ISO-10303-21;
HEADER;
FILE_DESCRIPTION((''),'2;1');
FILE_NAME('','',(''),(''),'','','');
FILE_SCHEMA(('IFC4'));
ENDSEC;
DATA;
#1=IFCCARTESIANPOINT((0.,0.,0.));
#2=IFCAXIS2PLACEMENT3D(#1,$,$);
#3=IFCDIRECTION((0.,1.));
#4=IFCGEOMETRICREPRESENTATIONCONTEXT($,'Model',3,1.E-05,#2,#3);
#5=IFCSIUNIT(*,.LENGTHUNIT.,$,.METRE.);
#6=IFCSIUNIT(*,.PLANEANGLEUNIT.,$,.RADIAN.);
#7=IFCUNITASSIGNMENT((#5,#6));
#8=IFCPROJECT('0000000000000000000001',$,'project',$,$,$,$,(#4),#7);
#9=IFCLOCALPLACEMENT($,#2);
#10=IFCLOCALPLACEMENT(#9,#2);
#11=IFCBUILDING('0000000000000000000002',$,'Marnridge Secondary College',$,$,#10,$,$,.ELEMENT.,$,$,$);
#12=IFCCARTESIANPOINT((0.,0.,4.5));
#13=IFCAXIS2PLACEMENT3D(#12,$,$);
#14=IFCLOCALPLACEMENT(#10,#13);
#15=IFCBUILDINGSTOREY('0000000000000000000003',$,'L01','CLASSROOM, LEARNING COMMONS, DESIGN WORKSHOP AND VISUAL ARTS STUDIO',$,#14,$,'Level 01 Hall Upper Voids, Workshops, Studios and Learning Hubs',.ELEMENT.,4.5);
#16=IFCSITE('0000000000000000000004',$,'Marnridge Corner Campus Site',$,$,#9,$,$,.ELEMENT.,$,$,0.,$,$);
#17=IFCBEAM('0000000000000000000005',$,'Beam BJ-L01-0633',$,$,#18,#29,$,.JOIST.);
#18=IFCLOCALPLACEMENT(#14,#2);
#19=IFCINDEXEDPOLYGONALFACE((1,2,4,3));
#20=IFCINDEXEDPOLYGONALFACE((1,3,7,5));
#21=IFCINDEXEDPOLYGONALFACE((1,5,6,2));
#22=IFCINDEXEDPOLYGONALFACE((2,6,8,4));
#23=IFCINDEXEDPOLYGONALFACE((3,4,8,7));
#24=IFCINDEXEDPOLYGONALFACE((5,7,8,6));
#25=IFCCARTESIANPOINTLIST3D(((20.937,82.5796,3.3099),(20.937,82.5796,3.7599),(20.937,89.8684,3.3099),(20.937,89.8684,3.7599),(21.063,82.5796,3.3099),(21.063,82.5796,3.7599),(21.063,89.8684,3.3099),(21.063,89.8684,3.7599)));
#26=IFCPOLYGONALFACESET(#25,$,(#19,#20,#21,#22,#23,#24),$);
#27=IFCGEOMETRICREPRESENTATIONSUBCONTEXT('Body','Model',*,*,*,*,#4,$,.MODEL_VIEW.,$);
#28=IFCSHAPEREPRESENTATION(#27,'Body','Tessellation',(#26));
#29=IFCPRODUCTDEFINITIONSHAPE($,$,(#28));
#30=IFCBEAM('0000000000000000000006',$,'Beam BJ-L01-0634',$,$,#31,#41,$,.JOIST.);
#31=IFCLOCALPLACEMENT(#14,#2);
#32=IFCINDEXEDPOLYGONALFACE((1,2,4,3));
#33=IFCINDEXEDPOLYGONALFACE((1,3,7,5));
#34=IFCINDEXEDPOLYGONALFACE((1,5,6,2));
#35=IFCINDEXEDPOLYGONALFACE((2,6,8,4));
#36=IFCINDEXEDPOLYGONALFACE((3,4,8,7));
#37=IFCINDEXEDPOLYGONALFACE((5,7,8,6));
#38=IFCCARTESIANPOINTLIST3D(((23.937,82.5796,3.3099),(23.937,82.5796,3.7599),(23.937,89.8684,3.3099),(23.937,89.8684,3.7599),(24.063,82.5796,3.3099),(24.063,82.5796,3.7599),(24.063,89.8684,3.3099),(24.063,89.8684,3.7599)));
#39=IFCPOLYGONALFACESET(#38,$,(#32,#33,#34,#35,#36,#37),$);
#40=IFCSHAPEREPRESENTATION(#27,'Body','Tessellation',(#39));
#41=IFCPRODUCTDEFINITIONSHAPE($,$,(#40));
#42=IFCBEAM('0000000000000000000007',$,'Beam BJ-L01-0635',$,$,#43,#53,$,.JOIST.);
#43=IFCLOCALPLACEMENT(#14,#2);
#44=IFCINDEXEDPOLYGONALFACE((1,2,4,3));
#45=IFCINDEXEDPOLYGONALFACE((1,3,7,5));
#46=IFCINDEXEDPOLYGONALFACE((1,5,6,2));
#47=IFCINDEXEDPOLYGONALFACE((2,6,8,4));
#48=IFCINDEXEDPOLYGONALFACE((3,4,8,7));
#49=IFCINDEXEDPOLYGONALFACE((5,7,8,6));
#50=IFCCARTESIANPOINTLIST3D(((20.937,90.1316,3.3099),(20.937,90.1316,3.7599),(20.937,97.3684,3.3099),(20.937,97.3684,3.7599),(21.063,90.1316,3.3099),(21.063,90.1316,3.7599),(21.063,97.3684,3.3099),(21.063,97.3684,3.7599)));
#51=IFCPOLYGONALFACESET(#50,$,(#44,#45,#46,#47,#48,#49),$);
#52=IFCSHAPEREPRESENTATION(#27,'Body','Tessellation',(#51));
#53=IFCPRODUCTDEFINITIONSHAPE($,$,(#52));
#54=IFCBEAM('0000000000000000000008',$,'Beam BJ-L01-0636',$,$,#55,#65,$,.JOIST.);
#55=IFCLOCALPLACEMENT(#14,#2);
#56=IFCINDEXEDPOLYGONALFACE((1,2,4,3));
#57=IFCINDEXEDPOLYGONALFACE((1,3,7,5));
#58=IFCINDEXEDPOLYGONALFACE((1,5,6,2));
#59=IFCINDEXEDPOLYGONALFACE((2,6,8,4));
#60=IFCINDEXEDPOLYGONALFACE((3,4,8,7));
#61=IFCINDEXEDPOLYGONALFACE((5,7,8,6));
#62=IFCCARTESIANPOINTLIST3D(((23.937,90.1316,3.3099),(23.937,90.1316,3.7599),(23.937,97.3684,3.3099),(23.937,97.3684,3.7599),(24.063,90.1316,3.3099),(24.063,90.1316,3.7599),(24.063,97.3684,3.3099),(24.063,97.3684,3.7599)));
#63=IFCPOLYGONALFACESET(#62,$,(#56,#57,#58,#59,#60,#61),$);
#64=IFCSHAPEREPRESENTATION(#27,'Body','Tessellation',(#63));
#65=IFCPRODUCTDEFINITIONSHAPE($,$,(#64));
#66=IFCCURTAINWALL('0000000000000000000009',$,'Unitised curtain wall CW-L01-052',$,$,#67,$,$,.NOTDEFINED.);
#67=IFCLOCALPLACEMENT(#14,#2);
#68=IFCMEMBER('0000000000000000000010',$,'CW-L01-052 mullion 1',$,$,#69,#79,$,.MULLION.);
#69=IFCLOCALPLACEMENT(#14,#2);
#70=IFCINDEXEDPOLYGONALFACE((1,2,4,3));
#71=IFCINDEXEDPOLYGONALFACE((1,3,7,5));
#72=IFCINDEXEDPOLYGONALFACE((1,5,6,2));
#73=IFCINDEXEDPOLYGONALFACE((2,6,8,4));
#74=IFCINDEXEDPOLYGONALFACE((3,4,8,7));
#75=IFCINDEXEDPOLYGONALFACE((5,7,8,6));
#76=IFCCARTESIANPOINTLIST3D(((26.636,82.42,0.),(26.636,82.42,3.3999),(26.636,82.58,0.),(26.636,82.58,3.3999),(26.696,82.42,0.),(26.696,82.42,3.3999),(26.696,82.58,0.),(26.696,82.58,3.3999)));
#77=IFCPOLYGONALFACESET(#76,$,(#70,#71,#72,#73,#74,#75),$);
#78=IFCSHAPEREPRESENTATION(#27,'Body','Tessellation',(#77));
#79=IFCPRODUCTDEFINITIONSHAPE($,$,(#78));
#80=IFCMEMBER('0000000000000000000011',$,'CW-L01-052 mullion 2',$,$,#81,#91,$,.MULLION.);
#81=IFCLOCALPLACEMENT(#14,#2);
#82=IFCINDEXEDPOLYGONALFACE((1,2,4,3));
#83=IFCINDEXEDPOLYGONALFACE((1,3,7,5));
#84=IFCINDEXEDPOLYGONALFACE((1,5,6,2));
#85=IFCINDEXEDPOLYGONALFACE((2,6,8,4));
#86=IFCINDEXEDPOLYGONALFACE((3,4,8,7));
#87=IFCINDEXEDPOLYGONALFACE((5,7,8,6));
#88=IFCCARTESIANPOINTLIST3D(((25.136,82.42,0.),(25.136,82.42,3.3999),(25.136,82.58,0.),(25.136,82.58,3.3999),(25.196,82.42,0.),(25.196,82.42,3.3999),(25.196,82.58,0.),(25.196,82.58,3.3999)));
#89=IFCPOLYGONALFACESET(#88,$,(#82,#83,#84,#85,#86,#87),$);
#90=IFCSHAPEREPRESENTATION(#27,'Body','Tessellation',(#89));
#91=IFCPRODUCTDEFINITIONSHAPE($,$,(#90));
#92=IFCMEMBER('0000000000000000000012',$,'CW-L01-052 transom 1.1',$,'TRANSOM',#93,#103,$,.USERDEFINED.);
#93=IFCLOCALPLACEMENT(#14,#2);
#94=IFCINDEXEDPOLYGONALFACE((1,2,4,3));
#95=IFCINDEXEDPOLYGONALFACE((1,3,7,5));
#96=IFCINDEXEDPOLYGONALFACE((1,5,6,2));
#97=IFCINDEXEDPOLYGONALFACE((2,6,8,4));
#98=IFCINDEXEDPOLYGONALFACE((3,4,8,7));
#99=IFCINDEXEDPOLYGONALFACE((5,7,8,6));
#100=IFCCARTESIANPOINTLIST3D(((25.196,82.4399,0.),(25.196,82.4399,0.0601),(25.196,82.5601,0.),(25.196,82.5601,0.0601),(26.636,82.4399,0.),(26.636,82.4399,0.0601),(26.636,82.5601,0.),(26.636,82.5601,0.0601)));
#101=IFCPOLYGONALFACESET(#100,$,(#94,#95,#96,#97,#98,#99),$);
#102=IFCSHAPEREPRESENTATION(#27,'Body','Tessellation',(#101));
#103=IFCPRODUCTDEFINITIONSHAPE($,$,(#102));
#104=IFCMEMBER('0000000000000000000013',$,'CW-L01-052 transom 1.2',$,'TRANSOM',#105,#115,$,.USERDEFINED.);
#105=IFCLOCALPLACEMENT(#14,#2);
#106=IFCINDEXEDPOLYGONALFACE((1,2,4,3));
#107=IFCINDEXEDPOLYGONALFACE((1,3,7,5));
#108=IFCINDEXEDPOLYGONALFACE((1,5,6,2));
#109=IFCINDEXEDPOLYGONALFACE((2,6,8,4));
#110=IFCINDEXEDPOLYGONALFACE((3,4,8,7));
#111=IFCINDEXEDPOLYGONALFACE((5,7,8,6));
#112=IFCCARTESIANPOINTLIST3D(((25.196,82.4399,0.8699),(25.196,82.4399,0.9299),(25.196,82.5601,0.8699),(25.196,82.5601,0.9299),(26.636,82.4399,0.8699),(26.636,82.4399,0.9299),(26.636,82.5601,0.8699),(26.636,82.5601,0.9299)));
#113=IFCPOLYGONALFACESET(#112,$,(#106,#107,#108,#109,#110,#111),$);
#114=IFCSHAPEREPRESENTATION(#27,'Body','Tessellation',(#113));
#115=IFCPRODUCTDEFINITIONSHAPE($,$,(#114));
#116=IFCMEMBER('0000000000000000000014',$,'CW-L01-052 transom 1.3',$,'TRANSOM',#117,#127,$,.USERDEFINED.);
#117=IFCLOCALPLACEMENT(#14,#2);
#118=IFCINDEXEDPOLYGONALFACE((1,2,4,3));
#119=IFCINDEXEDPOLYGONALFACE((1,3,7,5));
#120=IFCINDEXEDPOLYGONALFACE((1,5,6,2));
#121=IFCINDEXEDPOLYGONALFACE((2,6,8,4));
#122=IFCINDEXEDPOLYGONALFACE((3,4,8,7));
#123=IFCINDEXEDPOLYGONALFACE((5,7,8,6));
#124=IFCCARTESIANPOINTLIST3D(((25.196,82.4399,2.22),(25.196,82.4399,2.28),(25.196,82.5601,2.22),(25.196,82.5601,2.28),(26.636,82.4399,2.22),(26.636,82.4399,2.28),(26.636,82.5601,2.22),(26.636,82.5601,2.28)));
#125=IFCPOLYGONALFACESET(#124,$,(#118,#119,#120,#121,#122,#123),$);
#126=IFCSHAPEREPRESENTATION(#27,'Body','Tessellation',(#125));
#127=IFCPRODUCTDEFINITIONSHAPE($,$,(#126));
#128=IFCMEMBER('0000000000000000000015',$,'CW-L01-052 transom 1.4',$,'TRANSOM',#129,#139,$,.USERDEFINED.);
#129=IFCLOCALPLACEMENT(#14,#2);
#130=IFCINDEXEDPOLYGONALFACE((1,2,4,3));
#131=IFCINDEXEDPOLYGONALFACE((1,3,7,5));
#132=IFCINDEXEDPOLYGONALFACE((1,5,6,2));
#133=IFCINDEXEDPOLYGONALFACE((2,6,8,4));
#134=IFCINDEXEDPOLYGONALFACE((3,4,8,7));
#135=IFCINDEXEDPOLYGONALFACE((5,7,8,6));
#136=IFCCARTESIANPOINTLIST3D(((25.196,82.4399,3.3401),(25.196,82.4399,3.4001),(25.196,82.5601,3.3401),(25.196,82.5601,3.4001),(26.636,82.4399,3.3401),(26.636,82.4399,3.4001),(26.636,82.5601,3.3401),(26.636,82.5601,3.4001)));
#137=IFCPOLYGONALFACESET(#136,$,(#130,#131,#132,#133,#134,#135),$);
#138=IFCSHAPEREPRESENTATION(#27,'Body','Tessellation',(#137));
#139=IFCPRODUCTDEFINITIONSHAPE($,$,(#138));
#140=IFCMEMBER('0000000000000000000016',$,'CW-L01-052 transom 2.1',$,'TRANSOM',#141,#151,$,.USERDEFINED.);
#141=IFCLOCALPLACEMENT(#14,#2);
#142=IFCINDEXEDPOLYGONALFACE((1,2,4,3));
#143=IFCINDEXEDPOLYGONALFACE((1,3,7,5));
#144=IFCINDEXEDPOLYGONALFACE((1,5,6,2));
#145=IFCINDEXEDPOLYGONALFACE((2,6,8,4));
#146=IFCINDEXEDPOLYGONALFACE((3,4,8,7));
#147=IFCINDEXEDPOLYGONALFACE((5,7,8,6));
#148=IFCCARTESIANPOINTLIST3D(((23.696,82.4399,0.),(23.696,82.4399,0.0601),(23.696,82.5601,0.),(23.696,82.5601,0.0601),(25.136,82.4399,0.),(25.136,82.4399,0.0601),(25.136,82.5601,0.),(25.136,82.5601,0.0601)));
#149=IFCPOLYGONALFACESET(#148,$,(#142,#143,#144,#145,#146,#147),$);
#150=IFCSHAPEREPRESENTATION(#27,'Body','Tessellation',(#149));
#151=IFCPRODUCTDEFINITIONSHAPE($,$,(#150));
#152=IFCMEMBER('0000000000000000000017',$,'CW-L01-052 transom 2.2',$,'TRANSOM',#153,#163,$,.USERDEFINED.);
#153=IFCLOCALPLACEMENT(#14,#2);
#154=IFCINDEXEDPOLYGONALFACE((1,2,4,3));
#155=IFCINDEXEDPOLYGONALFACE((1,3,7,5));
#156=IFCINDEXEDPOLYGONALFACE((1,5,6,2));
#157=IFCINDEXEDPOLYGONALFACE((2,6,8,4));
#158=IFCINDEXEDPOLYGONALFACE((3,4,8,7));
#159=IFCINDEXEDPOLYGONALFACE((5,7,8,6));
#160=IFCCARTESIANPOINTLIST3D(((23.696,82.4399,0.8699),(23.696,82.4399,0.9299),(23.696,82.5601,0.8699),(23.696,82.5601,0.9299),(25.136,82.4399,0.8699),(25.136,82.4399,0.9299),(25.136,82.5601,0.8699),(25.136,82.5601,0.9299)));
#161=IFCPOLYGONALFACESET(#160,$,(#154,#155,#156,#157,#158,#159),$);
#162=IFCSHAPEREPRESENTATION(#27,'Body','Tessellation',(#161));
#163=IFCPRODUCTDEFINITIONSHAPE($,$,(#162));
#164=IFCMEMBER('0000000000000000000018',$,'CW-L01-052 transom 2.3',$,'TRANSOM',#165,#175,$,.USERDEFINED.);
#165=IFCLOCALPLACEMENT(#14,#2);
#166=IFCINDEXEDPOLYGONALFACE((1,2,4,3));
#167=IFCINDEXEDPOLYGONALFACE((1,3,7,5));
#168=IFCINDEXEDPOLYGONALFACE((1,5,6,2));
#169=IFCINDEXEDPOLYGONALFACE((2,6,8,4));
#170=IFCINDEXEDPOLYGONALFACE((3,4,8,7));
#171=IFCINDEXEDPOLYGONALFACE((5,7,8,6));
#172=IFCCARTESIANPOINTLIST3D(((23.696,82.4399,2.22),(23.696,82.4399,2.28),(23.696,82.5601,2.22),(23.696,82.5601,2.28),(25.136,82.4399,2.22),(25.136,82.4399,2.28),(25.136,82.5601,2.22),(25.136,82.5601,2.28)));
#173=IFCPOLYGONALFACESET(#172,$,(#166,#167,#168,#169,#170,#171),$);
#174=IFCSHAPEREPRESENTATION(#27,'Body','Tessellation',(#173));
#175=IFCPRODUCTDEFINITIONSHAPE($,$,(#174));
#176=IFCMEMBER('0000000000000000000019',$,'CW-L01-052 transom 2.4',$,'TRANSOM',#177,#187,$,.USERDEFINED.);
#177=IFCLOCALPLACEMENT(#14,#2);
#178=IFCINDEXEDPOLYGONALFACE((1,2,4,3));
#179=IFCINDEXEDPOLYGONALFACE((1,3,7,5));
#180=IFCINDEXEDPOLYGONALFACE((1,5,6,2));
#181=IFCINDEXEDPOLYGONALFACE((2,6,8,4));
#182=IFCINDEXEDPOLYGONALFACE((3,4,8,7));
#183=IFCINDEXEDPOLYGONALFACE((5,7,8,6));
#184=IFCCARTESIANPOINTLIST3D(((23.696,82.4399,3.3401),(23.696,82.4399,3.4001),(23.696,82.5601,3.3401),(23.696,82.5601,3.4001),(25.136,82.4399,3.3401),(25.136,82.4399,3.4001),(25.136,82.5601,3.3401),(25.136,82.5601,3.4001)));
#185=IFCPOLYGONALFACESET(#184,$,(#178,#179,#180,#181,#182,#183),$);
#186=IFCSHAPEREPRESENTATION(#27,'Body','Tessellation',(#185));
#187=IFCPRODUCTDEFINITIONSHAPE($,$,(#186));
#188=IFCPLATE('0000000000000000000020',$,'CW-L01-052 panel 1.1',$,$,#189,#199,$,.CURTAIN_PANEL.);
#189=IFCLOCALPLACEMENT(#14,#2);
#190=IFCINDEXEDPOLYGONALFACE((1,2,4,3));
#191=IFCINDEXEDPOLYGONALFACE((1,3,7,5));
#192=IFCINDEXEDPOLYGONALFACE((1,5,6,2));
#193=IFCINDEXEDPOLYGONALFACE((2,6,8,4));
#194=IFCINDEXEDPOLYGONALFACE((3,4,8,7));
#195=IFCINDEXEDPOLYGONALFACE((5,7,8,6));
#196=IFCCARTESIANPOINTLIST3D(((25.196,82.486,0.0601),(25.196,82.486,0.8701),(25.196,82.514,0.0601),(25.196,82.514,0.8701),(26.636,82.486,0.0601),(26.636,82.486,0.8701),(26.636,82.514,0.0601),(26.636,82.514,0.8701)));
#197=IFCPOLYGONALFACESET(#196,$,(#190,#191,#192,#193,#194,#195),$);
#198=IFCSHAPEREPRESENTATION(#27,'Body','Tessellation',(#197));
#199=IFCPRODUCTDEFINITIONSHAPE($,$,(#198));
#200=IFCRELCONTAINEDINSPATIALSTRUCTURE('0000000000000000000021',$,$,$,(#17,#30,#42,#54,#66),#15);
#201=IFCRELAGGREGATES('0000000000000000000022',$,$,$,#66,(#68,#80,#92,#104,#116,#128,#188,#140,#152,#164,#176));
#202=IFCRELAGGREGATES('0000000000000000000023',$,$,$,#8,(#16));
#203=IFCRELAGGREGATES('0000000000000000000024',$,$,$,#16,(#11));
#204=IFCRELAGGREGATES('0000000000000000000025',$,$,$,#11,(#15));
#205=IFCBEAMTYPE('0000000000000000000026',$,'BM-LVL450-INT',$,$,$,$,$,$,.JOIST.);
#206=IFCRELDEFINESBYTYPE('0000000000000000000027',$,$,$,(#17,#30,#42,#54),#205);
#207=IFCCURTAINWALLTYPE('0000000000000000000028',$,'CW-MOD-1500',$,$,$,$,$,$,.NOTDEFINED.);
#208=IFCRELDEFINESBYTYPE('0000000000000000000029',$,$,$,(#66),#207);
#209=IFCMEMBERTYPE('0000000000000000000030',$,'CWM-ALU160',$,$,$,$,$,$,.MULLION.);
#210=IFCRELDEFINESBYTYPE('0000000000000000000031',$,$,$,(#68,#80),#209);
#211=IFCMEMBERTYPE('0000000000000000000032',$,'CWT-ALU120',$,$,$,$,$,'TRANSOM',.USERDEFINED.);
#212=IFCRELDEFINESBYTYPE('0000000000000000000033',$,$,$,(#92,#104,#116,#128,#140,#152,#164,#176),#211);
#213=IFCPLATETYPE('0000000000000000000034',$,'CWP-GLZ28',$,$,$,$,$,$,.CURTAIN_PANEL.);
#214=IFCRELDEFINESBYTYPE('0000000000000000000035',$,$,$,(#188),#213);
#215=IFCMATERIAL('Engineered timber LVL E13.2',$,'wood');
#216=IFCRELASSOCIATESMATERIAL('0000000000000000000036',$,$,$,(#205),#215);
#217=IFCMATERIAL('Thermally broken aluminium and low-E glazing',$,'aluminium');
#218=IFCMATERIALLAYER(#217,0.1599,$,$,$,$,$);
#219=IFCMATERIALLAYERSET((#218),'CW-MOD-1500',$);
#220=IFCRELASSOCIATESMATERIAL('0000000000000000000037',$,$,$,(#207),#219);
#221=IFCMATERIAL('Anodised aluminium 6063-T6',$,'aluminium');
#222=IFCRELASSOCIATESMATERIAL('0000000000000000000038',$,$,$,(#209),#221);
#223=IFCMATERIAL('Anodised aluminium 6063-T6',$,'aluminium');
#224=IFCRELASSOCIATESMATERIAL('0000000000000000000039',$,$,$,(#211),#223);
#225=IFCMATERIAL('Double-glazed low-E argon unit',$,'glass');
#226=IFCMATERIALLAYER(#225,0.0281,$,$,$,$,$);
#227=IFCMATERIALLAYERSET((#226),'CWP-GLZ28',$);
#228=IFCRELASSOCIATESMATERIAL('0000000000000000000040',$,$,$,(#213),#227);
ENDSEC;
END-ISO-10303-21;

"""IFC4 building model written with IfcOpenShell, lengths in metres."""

from ifc_helpers import new_model, si_unit, direction, frame, origin, origin_2d, place, context, subcontext, project, spatial, rectangle, extrude, material, layer, layer_set, material_profile, profile_set, type_object, element, aggregate, save


model = new_model("IFC4")

# Units and contexts
model_context = context("Model", 3, precision=1e-05, world=origin(), true_north=direction((0.0, 1.0)))
body_context = subcontext(model_context, "Body", "Model", "MODEL_VIEW")
ifc_project = project(units=[si_unit("LENGTHUNIT", "METRE"), si_unit("PLANEANGLEUNIT", "RADIAN")], contexts=[model_context])

# Site, building, storey
site_placement = place(None, origin())
site = spatial("IfcSite", under=ifc_project, at=site_placement, Name="Marnridge Corner Campus Site", CompositionType="ELEMENT", RefElevation=0.0)
building_placement = place(site_placement, origin())
building = spatial("IfcBuilding", under=site, at=building_placement, Name="Marnridge Secondary College", CompositionType="ELEMENT")
storey_placement = place(building_placement, frame((0.0, 0.0, 4.5)))
storey = spatial("IfcBuildingStorey", under=building, at=storey_placement, Name="L01", Description="CLASSROOM, LEARNING COMMONS, DESIGN WORKSHOP AND VISUAL ARTS STUDIO", LongName="Level 01 Hall Upper Voids, Workshops, Studios and Learning Hubs", CompositionType="ELEMENT", Elevation=4.5)

# Beams
ifc_material_1 = material(Name="Engineered timber LVL E13.2", Category="wood")
ifc_material_profile_1 = material_profile(ifc_material_1, rectangle(XDim=0.126, YDim=0.45, at=origin_2d()), Name="LVL 126x450")
ifc_profile_set_1 = profile_set([ifc_material_profile_1], Name="Engineered timber LVL E13.2")
beam_type = type_object("IfcBeamType", Name="BM-LVL450-INT", PredefinedType="JOIST", material=ifc_profile_set_1)
for number, where, z_axis, x_axis, name in (
    (1, (21.0, 82.5796, 3.5349), (0.0, 1.0, 0.0), (-1.0, 0.0, 0.0), "Beam BJ-L01-0633"),
    (2, (24.0, 82.5796, 3.5349), (0.0, 1.0, 0.0), (-1.0, 0.0, 0.0), "Beam BJ-L01-0634"),
):
    element("IfcBeam", number, at=place(storey_placement, frame(where, z_axis=z_axis, x_axis=x_axis)), inside=storey, type_object=beam_type, Name=name, PredefinedType="JOIST", context=body_context, shape_type="SweptSolid", body=[
        extrude(rectangle(XDim=0.126, YDim=0.45, at=origin_2d()), origin(), (0.0, 0.0, 1.0), 7.2888),
    ])
for number, where, z_axis, x_axis, name in (
    (3, (21.0, 90.1316, 3.5349), (0.0, 1.0, 0.0), (-1.0, 0.0, 0.0), "Beam BJ-L01-0635"),
    (4, (24.0, 90.1316, 3.5349), (0.0, 1.0, 0.0), (-1.0, 0.0, 0.0), "Beam BJ-L01-0636"),
):
    element("IfcBeam", number, at=place(storey_placement, frame(where, z_axis=z_axis, x_axis=x_axis)), inside=storey, type_object=beam_type, Name=name, PredefinedType="JOIST", context=body_context, shape_type="SweptSolid", body=[
        extrude(rectangle(XDim=0.126, YDim=0.45, at=origin_2d()), origin(), (0.0, 0.0, 1.0), 7.2368),
    ])

# Curtain wall, members, plate
ifc_material_2 = material(Name="Thermally broken aluminium and low-E glazing", Category="aluminium")
ifc_layer_1 = layer(ifc_material_2, 0.1599)
ifc_layer_set_1 = layer_set([ifc_layer_1], Name="CW-MOD-1500")
curtain_wall_type = type_object("IfcCurtainWallType", Name="CW-MOD-1500", PredefinedType="NOTDEFINED", material=ifc_layer_set_1)
curtain_wall_placement = place(storey_placement, origin())
curtain_wall = element("IfcCurtainWall", 5, at=curtain_wall_placement, inside=storey, type_object=curtain_wall_type, Name="Unitised curtain wall CW-L01-052", PredefinedType="NOTDEFINED")
ifc_material_3 = material(Name="Anodised aluminium 6063-T6", Category="aluminium")
ifc_material_profile_2 = material_profile(ifc_material_3, rectangle(XDim=0.0601, YDim=0.1599, at=origin_2d()), Name="ALU 60x160")
ifc_profile_set_2 = profile_set([ifc_material_profile_2], Name="Anodised aluminium 6063-T6")
member_type_1 = type_object("IfcMemberType", Name="CWM-ALU160", PredefinedType="MULLION", material=ifc_profile_set_2)
member_1_placement = place(storey_placement, frame((26.666, 82.5, 0.0), z_axis=(0.0, 0.0, 1.0), x_axis=(-1.0, 0.0, 0.0)))
member_1 = element("IfcMember", 6, at=member_1_placement, type_object=member_type_1, Name="CW-L01-052 mullion 1", PredefinedType="MULLION", context=body_context, shape_type="SweptSolid", body=[
    extrude(rectangle(XDim=0.0601, YDim=0.1599, at=origin_2d()), origin(), (0.0, 0.0, 1.0), 3.3999),
])
member_2_placement = place(storey_placement, frame((25.166, 82.5, 0.0), z_axis=(0.0, 0.0, 1.0), x_axis=(-1.0, 0.0, 0.0)))
member_2 = element("IfcMember", 7, at=member_2_placement, type_object=member_type_1, Name="CW-L01-052 mullion 2", PredefinedType="MULLION", context=body_context, shape_type="SweptSolid", body=[
    extrude(rectangle(XDim=0.0601, YDim=0.1599, at=origin_2d()), origin(), (0.0, 0.0, 1.0), 3.3999),
])
ifc_material_4 = material(Name="Anodised aluminium 6063-T6", Category="aluminium")
ifc_material_profile_3 = material_profile(ifc_material_4, rectangle(XDim=0.0601, YDim=0.1201, at=origin_2d()), Name="ALU 60x120")
ifc_profile_set_3 = profile_set([ifc_material_profile_3], Name="Anodised aluminium 6063-T6")
member_type_2 = type_object("IfcMemberType", Name="CWT-ALU120", ElementType="TRANSOM", PredefinedType="USERDEFINED", material=ifc_profile_set_3)
member_3_placement = place(storey_placement, frame((26.636, 82.5, 0.03), z_axis=(-1.0, 0.0, 0.0), x_axis=(0.0, 0.0, 1.0)))
member_3 = element("IfcMember", 8, at=member_3_placement, type_object=member_type_2, Name="CW-L01-052 transom 1.1", ObjectType="TRANSOM", PredefinedType="USERDEFINED", context=body_context, shape_type="SweptSolid", body=[
    extrude(rectangle(XDim=0.0601, YDim=0.1201, at=origin_2d()), origin(), (0.0, 0.0, 1.0), 1.4399),
])
member_4_placement = place(storey_placement, frame((26.636, 82.5, 0.8999), z_axis=(-1.0, 0.0, 0.0), x_axis=(0.0, 0.0, 1.0)))
member_4 = element("IfcMember", 9, at=member_4_placement, type_object=member_type_2, Name="CW-L01-052 transom 1.2", ObjectType="TRANSOM", PredefinedType="USERDEFINED", context=body_context, shape_type="SweptSolid", body=[
    extrude(rectangle(XDim=0.0601, YDim=0.1201, at=origin_2d()), origin(), (0.0, 0.0, 1.0), 1.4399),
])
member_5_placement = place(storey_placement, frame((26.636, 82.5, 2.25), z_axis=(-1.0, 0.0, 0.0), x_axis=(0.0, 0.0, 1.0)))
member_5 = element("IfcMember", 10, at=member_5_placement, type_object=member_type_2, Name="CW-L01-052 transom 1.3", ObjectType="TRANSOM", PredefinedType="USERDEFINED", context=body_context, shape_type="SweptSolid", body=[
    extrude(rectangle(XDim=0.0601, YDim=0.1201, at=origin_2d()), origin(), (0.0, 0.0, 1.0), 1.4399),
])
member_6_placement = place(storey_placement, frame((26.636, 82.5, 3.3701), z_axis=(-1.0, 0.0, 0.0), x_axis=(0.0, 0.0, 1.0)))
member_6 = element("IfcMember", 11, at=member_6_placement, type_object=member_type_2, Name="CW-L01-052 transom 1.4", ObjectType="TRANSOM", PredefinedType="USERDEFINED", context=body_context, shape_type="SweptSolid", body=[
    extrude(rectangle(XDim=0.0601, YDim=0.1201, at=origin_2d()), origin(), (0.0, 0.0, 1.0), 1.4399),
])
member_7_placement = place(storey_placement, frame((25.136, 82.5, 0.03), z_axis=(-1.0, 0.0, 0.0), x_axis=(0.0, 0.0, 1.0)))
member_7 = element("IfcMember", 12, at=member_7_placement, type_object=member_type_2, Name="CW-L01-052 transom 2.1", ObjectType="TRANSOM", PredefinedType="USERDEFINED", context=body_context, shape_type="SweptSolid", body=[
    extrude(rectangle(XDim=0.0601, YDim=0.1201, at=origin_2d()), origin(), (0.0, 0.0, 1.0), 1.4399),
])
member_8_placement = place(storey_placement, frame((25.136, 82.5, 0.8999), z_axis=(-1.0, 0.0, 0.0), x_axis=(0.0, 0.0, 1.0)))
member_8 = element("IfcMember", 13, at=member_8_placement, type_object=member_type_2, Name="CW-L01-052 transom 2.2", ObjectType="TRANSOM", PredefinedType="USERDEFINED", context=body_context, shape_type="SweptSolid", body=[
    extrude(rectangle(XDim=0.0601, YDim=0.1201, at=origin_2d()), origin(), (0.0, 0.0, 1.0), 1.4399),
])
member_9_placement = place(storey_placement, frame((25.136, 82.5, 2.25), z_axis=(-1.0, 0.0, 0.0), x_axis=(0.0, 0.0, 1.0)))
member_9 = element("IfcMember", 14, at=member_9_placement, type_object=member_type_2, Name="CW-L01-052 transom 2.3", ObjectType="TRANSOM", PredefinedType="USERDEFINED", context=body_context, shape_type="SweptSolid", body=[
    extrude(rectangle(XDim=0.0601, YDim=0.1201, at=origin_2d()), origin(), (0.0, 0.0, 1.0), 1.4399),
])
member_10_placement = place(storey_placement, frame((25.136, 82.5, 3.3701), z_axis=(-1.0, 0.0, 0.0), x_axis=(0.0, 0.0, 1.0)))
member_10 = element("IfcMember", 15, at=member_10_placement, type_object=member_type_2, Name="CW-L01-052 transom 2.4", ObjectType="TRANSOM", PredefinedType="USERDEFINED", context=body_context, shape_type="SweptSolid", body=[
    extrude(rectangle(XDim=0.0601, YDim=0.1201, at=origin_2d()), origin(), (0.0, 0.0, 1.0), 1.4399),
])
ifc_material_5 = material(Name="Double-glazed low-E argon unit", Category="glass")
ifc_layer_2 = layer(ifc_material_5, 0.0281)
ifc_layer_set_2 = layer_set([ifc_layer_2], Name="CWP-GLZ28")
plate_type = type_object("IfcPlateType", Name="CWP-GLZ28", PredefinedType="CURTAIN_PANEL", material=ifc_layer_set_2)
plate_1_placement = place(storey_placement, frame((25.916, 82.5, 0.0601), z_axis=(0.0, 0.0, 1.0), x_axis=(-1.0, 0.0, 0.0)))
plate_1 = element("IfcPlate", 16, at=plate_1_placement, type_object=plate_type, Name="CW-L01-052 panel 1.1", PredefinedType="CURTAIN_PANEL", context=body_context, shape_type="SweptSolid", body=[
    extrude(rectangle(XDim=1.4399, YDim=0.0281, at=origin_2d()), origin(), (0.0, 0.0, 1.0), 0.8101),
])
aggregate(curtain_wall, [member_1, member_2, member_3, member_4, member_5, member_6, plate_1, member_7, member_8, member_9, member_10])

save(model, "model.ifc")
